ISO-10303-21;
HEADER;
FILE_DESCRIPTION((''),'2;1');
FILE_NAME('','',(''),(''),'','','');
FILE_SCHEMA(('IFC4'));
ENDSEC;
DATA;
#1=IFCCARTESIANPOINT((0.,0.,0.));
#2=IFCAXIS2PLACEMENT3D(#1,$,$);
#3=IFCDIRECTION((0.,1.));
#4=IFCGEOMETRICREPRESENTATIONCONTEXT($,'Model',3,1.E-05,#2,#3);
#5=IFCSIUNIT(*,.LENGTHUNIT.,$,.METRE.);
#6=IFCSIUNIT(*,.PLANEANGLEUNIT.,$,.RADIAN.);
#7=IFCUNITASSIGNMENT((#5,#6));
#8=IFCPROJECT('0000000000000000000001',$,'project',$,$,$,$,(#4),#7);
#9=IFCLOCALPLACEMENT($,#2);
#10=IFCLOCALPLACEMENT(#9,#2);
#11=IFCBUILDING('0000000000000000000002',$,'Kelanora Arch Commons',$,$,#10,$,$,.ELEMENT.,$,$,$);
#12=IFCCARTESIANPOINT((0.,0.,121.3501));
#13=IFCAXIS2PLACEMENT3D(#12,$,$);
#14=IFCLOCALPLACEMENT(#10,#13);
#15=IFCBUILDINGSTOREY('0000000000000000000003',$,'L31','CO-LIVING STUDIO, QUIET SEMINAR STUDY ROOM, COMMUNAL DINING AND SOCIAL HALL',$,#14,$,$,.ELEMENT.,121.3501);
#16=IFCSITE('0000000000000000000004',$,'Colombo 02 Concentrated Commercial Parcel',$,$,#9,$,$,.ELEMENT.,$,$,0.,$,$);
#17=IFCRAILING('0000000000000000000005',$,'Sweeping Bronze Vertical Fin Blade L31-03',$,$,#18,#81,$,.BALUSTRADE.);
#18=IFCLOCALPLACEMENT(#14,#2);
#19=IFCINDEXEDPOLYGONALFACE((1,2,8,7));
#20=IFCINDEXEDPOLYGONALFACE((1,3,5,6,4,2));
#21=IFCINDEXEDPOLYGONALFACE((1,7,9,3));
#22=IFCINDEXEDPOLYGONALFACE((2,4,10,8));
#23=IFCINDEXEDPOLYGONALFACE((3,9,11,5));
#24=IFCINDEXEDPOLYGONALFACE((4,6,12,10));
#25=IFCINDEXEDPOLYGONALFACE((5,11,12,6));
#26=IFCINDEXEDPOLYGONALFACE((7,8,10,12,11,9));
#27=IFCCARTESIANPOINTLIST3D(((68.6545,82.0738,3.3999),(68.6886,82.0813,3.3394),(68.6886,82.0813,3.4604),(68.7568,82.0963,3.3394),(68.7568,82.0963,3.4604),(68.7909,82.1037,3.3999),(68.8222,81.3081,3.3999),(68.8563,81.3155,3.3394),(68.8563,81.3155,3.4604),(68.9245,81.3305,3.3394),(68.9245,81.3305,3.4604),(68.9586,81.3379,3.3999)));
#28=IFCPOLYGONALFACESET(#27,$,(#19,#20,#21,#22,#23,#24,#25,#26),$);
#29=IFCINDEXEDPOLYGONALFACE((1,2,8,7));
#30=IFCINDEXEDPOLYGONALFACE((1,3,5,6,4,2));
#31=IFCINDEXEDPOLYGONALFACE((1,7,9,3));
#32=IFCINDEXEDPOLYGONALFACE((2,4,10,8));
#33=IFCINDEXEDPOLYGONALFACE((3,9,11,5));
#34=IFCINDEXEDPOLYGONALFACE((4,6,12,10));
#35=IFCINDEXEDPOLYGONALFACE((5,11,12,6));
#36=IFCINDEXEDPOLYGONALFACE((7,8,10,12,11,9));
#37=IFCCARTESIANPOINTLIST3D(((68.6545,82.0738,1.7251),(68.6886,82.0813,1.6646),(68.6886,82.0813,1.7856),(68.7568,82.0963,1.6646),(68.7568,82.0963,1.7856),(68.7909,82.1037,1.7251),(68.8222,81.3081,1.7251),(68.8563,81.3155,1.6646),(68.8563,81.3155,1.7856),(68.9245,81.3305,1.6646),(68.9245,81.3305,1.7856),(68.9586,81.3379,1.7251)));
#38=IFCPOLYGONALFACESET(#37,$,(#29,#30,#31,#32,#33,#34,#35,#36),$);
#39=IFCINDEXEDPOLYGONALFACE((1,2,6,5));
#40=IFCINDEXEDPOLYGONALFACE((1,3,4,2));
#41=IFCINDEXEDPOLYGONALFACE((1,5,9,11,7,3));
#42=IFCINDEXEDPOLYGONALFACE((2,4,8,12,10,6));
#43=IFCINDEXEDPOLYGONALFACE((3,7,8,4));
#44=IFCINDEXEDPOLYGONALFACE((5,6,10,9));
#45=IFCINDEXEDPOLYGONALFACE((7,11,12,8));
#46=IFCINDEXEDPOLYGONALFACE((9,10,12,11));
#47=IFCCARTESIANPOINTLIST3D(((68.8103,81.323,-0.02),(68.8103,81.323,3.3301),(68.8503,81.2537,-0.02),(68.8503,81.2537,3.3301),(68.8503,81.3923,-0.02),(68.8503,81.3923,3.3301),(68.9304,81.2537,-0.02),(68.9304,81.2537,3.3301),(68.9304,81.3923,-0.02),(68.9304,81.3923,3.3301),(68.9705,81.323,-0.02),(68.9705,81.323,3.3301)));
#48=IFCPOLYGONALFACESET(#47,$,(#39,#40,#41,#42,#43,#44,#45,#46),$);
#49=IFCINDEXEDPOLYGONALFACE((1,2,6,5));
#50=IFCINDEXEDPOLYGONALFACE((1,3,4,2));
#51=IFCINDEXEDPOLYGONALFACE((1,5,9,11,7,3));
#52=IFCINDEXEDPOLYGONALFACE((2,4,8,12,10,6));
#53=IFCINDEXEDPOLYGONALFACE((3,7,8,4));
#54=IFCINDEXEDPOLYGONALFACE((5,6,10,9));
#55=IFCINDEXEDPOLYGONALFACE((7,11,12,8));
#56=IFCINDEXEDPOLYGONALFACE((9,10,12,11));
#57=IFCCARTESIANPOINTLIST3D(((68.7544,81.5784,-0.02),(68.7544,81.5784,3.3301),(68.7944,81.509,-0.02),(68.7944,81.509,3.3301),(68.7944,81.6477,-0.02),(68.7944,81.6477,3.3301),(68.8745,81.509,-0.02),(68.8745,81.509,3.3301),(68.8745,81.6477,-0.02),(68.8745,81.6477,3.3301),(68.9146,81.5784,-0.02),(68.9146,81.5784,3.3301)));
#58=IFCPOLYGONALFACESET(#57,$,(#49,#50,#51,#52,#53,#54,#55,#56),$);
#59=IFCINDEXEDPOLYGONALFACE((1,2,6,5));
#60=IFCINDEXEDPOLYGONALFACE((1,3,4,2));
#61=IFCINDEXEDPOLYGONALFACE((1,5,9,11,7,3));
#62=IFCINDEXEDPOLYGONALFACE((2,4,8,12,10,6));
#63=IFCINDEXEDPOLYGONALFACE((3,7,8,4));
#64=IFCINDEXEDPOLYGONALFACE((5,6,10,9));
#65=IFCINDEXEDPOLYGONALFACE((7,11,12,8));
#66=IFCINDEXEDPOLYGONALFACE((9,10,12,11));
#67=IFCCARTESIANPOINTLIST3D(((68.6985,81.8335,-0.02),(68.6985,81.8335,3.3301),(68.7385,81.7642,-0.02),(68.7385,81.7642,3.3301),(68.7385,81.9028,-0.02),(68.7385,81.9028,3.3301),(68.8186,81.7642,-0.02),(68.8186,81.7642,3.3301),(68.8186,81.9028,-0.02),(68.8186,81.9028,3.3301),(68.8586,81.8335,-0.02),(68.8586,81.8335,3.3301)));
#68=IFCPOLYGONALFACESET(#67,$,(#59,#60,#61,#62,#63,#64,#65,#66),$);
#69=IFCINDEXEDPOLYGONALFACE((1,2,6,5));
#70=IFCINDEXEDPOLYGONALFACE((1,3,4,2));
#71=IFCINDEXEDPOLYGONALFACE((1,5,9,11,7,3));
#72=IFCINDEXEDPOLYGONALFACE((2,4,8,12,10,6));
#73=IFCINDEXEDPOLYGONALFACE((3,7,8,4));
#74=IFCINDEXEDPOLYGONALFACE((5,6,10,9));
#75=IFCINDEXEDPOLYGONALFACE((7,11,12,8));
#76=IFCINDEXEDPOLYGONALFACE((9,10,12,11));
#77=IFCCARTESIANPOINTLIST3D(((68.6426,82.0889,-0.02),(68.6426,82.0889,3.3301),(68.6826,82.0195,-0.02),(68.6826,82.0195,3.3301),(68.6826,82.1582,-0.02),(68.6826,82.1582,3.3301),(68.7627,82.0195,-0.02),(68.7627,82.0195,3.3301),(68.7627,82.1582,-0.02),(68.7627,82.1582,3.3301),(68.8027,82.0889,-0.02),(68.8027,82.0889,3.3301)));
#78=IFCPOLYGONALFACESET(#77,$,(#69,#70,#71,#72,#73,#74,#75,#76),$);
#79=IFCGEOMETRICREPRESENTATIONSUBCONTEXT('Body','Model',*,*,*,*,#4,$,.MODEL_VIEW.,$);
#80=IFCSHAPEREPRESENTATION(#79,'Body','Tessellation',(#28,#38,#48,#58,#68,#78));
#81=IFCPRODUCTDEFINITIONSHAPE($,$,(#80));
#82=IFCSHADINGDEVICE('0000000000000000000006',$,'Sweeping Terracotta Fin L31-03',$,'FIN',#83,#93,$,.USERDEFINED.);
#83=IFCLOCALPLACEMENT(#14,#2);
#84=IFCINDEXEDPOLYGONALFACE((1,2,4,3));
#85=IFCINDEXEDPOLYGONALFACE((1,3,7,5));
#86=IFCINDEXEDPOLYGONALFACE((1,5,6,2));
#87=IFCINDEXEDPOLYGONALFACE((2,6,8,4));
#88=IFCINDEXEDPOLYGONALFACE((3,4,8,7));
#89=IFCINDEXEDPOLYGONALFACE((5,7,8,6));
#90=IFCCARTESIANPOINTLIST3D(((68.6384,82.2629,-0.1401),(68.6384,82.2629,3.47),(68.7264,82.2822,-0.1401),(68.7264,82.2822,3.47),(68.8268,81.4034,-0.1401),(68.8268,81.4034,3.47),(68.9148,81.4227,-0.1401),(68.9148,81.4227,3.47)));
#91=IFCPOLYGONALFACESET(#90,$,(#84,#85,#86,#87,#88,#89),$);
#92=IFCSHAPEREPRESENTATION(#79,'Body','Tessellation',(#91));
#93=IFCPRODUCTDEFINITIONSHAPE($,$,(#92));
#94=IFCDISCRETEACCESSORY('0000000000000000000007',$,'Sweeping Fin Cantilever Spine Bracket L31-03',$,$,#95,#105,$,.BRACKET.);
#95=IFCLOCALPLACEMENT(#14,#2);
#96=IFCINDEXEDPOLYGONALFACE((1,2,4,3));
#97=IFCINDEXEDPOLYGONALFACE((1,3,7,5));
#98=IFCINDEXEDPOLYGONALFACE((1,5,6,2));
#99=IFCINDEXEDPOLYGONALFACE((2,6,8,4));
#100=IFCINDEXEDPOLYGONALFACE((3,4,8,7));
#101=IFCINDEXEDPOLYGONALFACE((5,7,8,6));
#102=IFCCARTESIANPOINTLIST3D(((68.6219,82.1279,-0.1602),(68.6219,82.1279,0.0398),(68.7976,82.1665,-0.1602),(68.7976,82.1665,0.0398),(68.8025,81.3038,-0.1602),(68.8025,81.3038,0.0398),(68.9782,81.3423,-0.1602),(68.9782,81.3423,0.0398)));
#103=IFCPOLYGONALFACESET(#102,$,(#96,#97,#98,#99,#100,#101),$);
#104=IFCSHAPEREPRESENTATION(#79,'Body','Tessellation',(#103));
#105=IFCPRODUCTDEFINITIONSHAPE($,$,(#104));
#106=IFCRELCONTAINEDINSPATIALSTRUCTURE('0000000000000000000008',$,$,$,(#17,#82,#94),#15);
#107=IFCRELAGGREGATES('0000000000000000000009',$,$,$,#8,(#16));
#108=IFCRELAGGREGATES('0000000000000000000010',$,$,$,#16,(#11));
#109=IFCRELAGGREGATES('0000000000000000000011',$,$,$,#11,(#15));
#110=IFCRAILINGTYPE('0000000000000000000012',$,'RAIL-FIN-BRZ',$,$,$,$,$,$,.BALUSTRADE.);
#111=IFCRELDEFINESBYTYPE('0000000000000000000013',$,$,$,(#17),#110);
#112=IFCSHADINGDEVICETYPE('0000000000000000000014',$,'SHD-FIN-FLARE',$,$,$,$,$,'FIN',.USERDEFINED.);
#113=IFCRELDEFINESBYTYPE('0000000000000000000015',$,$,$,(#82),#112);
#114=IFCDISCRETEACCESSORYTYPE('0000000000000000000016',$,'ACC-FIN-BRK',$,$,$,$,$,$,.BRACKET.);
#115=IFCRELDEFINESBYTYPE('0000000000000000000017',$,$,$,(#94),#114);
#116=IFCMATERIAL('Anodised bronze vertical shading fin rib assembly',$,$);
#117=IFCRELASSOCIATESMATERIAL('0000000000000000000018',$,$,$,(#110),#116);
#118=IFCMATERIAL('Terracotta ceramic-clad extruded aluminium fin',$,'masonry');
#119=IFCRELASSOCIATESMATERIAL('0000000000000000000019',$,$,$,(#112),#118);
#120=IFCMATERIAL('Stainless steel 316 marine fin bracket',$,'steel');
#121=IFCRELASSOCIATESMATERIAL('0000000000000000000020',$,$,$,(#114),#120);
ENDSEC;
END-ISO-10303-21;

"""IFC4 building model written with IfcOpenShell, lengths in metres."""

from ifc_helpers import new_model, si_unit, direction, frame, origin, origin_2d, place, context, subcontext, project, spatial, polyline, rectangle, outline, extrude, source, transform, mapped, material, type_object, element, save


model = new_model("IFC4")

# Units and contexts
model_context = context("Model", 3, precision=1e-05, world=origin(), true_north=direction((0.0, 1.0)))
body_context = subcontext(model_context, "Body", "Model", "MODEL_VIEW")
ifc_project = project(units=[si_unit("LENGTHUNIT", "METRE"), si_unit("PLANEANGLEUNIT", "RADIAN")], contexts=[model_context])

# Site, building, storey
site_placement = place(None, origin())
site = spatial("IfcSite", under=ifc_project, at=site_placement, Name="Colombo 02 Concentrated Commercial Parcel", CompositionType="ELEMENT", RefElevation=0.0)
building_placement = place(site_placement, origin())
building = spatial("IfcBuilding", under=site, at=building_placement, Name="Kelanora Arch Commons", CompositionType="ELEMENT")
storey_placement = place(building_placement, frame((0.0, 0.0, 121.3501)))
storey = spatial("IfcBuildingStorey", under=building, at=storey_placement, Name="L31", Description="CO-LIVING STUDIO, QUIET SEMINAR STUDY ROOM, COMMUNAL DINING AND SOCIAL HALL", CompositionType="ELEMENT", Elevation=121.3501)

# Railing
ifc_material_1 = material(Name="Anodised bronze vertical shading fin rib assembly")
railing_type = type_object("IfcRailingType", Name="RAIL-FIN-BRZ", PredefinedType="BALUSTRADE", material=ifc_material_1)
railing_placement = place(storey_placement, frame((68.8904, 81.323, -0.02)))
element("IfcRailing", 1, at=railing_placement, inside=storey, type_object=railing_type, Name="Sweeping Bronze Vertical Fin Blade L31-03", PredefinedType="BALUSTRADE", context=body_context, shape_type="SweptSolid", body=[
    extrude(outline(polyline([(0.0698, 0.0), (0.0349, 0.0605), (-0.0349, 0.0605), (-0.0698, 0.0), (-0.0349, -0.0605), (0.0349, -0.0605), (0.0698, 0.0)])), frame((0.0, 0.0, 3.4199), z_axis=(-0.213929, 0.976849, 0.0), x_axis=(-0.976849, -0.213929, 0.0)), (0.0, 0.0, 1.0), 0.7839),
    extrude(outline(polyline([(0.0698, 0.0), (0.0349, 0.0605), (-0.0349, 0.0605), (-0.0698, 0.0), (-0.0349, -0.0605), (0.0349, -0.0605), (0.0698, 0.0)])), frame((0.0, 0.0, 1.7451), z_axis=(-0.213929, 0.976849, 0.0), x_axis=(-0.976849, -0.213929, 0.0)), (0.0, 0.0, 1.0), 0.7839),
    extrude(outline(polyline([(0.0801, 0.0), (0.04, 0.0693), (-0.04, 0.0693), (-0.0801, 0.0), (-0.04, -0.0693), (0.04, -0.0693), (0.0801, 0.0)])), origin(), (0.0, 0.0, 1.0), 3.3501),
    extrude(outline(polyline([(0.0801, 0.0), (0.04, 0.0693), (-0.04, 0.0693), (-0.0801, 0.0), (-0.04, -0.0693), (0.04, -0.0693), (0.0801, 0.0)])), frame((-0.0559, 0.2554, 0.0)), (0.0, 0.0, 1.0), 3.3501),
    extrude(outline(polyline([(0.0801, 0.0), (0.04, 0.0693), (-0.04, 0.0693), (-0.0801, 0.0), (-0.04, -0.0693), (0.04, -0.0693), (0.0801, 0.0)])), frame((-0.1118, 0.5105, 0.0)), (0.0, 0.0, 1.0), 3.3501),
    extrude(outline(polyline([(0.0801, 0.0), (0.04, 0.0693), (-0.04, 0.0693), (-0.0801, 0.0), (-0.04, -0.0693), (0.04, -0.0693), (0.0801, 0.0)])), frame((-0.1677, 0.7659, 0.0)), (0.0, 0.0, 1.0), 3.3501),
])

# Shading device
ifc_material_2 = material(Name="Terracotta ceramic-clad extruded aluminium fin", Category="masonry")
shading_device_type = type_object("IfcShadingDeviceType", Name="SHD-FIN-FLARE", ElementType="FIN", PredefinedType="USERDEFINED", material=ifc_material_2)
shared_shape_1 = source(origin(), body_context, "Body", "SweptSolid", [
    extrude(rectangle(XDim=0.8799, YDim=0.0901, at=origin_2d()), origin(), (0.0, 0.0, 1.0), 3.6101),
])
shading_device_placement = place(storey_placement, frame((68.7766, 81.8428, -0.1401), z_axis=(0.0, 0.0, 1.0), x_axis=(-0.214053, 0.976822, 0.0)))
element("IfcShadingDevice", 2, at=shading_device_placement, inside=storey, type_object=shading_device_type, Name="Sweeping Terracotta Fin L31-03", ObjectType="FIN", PredefinedType="USERDEFINED", context=body_context, shape_type="MappedRepresentation", body=[
    mapped(shared_shape_1, transform((0.0, 0.0, 0.0), scale=1.0)),
])

# Discrete accessory
ifc_material_3 = material(Name="Stainless steel 316 marine fin bracket", Category="steel")
discrete_accessory_type = type_object("IfcDiscreteAccessoryType", Name="ACC-FIN-BRK", PredefinedType="BRACKET", material=ifc_material_3)
shared_shape_2 = source(origin(), body_context, "Body", "SweptSolid", [
    extrude(rectangle(XDim=0.8438, YDim=0.1799, at=origin_2d()), origin(), (0.0, 0.0, 1.0), 0.2),
])
discrete_accessory_placement = place(storey_placement, frame((68.8, 81.7351, -0.1602), z_axis=(0.0, 0.0, 1.0), x_axis=(-0.214053, 0.976822, 0.0)))
element("IfcDiscreteAccessory", 3, at=discrete_accessory_placement, inside=storey, type_object=discrete_accessory_type, Name="Sweeping Fin Cantilever Spine Bracket L31-03", PredefinedType="BRACKET", context=body_context, shape_type="MappedRepresentation", body=[
    mapped(shared_shape_2, transform((0.0, 0.0, 0.0), scale=1.0)),
])

save(model, "model.ifc")
